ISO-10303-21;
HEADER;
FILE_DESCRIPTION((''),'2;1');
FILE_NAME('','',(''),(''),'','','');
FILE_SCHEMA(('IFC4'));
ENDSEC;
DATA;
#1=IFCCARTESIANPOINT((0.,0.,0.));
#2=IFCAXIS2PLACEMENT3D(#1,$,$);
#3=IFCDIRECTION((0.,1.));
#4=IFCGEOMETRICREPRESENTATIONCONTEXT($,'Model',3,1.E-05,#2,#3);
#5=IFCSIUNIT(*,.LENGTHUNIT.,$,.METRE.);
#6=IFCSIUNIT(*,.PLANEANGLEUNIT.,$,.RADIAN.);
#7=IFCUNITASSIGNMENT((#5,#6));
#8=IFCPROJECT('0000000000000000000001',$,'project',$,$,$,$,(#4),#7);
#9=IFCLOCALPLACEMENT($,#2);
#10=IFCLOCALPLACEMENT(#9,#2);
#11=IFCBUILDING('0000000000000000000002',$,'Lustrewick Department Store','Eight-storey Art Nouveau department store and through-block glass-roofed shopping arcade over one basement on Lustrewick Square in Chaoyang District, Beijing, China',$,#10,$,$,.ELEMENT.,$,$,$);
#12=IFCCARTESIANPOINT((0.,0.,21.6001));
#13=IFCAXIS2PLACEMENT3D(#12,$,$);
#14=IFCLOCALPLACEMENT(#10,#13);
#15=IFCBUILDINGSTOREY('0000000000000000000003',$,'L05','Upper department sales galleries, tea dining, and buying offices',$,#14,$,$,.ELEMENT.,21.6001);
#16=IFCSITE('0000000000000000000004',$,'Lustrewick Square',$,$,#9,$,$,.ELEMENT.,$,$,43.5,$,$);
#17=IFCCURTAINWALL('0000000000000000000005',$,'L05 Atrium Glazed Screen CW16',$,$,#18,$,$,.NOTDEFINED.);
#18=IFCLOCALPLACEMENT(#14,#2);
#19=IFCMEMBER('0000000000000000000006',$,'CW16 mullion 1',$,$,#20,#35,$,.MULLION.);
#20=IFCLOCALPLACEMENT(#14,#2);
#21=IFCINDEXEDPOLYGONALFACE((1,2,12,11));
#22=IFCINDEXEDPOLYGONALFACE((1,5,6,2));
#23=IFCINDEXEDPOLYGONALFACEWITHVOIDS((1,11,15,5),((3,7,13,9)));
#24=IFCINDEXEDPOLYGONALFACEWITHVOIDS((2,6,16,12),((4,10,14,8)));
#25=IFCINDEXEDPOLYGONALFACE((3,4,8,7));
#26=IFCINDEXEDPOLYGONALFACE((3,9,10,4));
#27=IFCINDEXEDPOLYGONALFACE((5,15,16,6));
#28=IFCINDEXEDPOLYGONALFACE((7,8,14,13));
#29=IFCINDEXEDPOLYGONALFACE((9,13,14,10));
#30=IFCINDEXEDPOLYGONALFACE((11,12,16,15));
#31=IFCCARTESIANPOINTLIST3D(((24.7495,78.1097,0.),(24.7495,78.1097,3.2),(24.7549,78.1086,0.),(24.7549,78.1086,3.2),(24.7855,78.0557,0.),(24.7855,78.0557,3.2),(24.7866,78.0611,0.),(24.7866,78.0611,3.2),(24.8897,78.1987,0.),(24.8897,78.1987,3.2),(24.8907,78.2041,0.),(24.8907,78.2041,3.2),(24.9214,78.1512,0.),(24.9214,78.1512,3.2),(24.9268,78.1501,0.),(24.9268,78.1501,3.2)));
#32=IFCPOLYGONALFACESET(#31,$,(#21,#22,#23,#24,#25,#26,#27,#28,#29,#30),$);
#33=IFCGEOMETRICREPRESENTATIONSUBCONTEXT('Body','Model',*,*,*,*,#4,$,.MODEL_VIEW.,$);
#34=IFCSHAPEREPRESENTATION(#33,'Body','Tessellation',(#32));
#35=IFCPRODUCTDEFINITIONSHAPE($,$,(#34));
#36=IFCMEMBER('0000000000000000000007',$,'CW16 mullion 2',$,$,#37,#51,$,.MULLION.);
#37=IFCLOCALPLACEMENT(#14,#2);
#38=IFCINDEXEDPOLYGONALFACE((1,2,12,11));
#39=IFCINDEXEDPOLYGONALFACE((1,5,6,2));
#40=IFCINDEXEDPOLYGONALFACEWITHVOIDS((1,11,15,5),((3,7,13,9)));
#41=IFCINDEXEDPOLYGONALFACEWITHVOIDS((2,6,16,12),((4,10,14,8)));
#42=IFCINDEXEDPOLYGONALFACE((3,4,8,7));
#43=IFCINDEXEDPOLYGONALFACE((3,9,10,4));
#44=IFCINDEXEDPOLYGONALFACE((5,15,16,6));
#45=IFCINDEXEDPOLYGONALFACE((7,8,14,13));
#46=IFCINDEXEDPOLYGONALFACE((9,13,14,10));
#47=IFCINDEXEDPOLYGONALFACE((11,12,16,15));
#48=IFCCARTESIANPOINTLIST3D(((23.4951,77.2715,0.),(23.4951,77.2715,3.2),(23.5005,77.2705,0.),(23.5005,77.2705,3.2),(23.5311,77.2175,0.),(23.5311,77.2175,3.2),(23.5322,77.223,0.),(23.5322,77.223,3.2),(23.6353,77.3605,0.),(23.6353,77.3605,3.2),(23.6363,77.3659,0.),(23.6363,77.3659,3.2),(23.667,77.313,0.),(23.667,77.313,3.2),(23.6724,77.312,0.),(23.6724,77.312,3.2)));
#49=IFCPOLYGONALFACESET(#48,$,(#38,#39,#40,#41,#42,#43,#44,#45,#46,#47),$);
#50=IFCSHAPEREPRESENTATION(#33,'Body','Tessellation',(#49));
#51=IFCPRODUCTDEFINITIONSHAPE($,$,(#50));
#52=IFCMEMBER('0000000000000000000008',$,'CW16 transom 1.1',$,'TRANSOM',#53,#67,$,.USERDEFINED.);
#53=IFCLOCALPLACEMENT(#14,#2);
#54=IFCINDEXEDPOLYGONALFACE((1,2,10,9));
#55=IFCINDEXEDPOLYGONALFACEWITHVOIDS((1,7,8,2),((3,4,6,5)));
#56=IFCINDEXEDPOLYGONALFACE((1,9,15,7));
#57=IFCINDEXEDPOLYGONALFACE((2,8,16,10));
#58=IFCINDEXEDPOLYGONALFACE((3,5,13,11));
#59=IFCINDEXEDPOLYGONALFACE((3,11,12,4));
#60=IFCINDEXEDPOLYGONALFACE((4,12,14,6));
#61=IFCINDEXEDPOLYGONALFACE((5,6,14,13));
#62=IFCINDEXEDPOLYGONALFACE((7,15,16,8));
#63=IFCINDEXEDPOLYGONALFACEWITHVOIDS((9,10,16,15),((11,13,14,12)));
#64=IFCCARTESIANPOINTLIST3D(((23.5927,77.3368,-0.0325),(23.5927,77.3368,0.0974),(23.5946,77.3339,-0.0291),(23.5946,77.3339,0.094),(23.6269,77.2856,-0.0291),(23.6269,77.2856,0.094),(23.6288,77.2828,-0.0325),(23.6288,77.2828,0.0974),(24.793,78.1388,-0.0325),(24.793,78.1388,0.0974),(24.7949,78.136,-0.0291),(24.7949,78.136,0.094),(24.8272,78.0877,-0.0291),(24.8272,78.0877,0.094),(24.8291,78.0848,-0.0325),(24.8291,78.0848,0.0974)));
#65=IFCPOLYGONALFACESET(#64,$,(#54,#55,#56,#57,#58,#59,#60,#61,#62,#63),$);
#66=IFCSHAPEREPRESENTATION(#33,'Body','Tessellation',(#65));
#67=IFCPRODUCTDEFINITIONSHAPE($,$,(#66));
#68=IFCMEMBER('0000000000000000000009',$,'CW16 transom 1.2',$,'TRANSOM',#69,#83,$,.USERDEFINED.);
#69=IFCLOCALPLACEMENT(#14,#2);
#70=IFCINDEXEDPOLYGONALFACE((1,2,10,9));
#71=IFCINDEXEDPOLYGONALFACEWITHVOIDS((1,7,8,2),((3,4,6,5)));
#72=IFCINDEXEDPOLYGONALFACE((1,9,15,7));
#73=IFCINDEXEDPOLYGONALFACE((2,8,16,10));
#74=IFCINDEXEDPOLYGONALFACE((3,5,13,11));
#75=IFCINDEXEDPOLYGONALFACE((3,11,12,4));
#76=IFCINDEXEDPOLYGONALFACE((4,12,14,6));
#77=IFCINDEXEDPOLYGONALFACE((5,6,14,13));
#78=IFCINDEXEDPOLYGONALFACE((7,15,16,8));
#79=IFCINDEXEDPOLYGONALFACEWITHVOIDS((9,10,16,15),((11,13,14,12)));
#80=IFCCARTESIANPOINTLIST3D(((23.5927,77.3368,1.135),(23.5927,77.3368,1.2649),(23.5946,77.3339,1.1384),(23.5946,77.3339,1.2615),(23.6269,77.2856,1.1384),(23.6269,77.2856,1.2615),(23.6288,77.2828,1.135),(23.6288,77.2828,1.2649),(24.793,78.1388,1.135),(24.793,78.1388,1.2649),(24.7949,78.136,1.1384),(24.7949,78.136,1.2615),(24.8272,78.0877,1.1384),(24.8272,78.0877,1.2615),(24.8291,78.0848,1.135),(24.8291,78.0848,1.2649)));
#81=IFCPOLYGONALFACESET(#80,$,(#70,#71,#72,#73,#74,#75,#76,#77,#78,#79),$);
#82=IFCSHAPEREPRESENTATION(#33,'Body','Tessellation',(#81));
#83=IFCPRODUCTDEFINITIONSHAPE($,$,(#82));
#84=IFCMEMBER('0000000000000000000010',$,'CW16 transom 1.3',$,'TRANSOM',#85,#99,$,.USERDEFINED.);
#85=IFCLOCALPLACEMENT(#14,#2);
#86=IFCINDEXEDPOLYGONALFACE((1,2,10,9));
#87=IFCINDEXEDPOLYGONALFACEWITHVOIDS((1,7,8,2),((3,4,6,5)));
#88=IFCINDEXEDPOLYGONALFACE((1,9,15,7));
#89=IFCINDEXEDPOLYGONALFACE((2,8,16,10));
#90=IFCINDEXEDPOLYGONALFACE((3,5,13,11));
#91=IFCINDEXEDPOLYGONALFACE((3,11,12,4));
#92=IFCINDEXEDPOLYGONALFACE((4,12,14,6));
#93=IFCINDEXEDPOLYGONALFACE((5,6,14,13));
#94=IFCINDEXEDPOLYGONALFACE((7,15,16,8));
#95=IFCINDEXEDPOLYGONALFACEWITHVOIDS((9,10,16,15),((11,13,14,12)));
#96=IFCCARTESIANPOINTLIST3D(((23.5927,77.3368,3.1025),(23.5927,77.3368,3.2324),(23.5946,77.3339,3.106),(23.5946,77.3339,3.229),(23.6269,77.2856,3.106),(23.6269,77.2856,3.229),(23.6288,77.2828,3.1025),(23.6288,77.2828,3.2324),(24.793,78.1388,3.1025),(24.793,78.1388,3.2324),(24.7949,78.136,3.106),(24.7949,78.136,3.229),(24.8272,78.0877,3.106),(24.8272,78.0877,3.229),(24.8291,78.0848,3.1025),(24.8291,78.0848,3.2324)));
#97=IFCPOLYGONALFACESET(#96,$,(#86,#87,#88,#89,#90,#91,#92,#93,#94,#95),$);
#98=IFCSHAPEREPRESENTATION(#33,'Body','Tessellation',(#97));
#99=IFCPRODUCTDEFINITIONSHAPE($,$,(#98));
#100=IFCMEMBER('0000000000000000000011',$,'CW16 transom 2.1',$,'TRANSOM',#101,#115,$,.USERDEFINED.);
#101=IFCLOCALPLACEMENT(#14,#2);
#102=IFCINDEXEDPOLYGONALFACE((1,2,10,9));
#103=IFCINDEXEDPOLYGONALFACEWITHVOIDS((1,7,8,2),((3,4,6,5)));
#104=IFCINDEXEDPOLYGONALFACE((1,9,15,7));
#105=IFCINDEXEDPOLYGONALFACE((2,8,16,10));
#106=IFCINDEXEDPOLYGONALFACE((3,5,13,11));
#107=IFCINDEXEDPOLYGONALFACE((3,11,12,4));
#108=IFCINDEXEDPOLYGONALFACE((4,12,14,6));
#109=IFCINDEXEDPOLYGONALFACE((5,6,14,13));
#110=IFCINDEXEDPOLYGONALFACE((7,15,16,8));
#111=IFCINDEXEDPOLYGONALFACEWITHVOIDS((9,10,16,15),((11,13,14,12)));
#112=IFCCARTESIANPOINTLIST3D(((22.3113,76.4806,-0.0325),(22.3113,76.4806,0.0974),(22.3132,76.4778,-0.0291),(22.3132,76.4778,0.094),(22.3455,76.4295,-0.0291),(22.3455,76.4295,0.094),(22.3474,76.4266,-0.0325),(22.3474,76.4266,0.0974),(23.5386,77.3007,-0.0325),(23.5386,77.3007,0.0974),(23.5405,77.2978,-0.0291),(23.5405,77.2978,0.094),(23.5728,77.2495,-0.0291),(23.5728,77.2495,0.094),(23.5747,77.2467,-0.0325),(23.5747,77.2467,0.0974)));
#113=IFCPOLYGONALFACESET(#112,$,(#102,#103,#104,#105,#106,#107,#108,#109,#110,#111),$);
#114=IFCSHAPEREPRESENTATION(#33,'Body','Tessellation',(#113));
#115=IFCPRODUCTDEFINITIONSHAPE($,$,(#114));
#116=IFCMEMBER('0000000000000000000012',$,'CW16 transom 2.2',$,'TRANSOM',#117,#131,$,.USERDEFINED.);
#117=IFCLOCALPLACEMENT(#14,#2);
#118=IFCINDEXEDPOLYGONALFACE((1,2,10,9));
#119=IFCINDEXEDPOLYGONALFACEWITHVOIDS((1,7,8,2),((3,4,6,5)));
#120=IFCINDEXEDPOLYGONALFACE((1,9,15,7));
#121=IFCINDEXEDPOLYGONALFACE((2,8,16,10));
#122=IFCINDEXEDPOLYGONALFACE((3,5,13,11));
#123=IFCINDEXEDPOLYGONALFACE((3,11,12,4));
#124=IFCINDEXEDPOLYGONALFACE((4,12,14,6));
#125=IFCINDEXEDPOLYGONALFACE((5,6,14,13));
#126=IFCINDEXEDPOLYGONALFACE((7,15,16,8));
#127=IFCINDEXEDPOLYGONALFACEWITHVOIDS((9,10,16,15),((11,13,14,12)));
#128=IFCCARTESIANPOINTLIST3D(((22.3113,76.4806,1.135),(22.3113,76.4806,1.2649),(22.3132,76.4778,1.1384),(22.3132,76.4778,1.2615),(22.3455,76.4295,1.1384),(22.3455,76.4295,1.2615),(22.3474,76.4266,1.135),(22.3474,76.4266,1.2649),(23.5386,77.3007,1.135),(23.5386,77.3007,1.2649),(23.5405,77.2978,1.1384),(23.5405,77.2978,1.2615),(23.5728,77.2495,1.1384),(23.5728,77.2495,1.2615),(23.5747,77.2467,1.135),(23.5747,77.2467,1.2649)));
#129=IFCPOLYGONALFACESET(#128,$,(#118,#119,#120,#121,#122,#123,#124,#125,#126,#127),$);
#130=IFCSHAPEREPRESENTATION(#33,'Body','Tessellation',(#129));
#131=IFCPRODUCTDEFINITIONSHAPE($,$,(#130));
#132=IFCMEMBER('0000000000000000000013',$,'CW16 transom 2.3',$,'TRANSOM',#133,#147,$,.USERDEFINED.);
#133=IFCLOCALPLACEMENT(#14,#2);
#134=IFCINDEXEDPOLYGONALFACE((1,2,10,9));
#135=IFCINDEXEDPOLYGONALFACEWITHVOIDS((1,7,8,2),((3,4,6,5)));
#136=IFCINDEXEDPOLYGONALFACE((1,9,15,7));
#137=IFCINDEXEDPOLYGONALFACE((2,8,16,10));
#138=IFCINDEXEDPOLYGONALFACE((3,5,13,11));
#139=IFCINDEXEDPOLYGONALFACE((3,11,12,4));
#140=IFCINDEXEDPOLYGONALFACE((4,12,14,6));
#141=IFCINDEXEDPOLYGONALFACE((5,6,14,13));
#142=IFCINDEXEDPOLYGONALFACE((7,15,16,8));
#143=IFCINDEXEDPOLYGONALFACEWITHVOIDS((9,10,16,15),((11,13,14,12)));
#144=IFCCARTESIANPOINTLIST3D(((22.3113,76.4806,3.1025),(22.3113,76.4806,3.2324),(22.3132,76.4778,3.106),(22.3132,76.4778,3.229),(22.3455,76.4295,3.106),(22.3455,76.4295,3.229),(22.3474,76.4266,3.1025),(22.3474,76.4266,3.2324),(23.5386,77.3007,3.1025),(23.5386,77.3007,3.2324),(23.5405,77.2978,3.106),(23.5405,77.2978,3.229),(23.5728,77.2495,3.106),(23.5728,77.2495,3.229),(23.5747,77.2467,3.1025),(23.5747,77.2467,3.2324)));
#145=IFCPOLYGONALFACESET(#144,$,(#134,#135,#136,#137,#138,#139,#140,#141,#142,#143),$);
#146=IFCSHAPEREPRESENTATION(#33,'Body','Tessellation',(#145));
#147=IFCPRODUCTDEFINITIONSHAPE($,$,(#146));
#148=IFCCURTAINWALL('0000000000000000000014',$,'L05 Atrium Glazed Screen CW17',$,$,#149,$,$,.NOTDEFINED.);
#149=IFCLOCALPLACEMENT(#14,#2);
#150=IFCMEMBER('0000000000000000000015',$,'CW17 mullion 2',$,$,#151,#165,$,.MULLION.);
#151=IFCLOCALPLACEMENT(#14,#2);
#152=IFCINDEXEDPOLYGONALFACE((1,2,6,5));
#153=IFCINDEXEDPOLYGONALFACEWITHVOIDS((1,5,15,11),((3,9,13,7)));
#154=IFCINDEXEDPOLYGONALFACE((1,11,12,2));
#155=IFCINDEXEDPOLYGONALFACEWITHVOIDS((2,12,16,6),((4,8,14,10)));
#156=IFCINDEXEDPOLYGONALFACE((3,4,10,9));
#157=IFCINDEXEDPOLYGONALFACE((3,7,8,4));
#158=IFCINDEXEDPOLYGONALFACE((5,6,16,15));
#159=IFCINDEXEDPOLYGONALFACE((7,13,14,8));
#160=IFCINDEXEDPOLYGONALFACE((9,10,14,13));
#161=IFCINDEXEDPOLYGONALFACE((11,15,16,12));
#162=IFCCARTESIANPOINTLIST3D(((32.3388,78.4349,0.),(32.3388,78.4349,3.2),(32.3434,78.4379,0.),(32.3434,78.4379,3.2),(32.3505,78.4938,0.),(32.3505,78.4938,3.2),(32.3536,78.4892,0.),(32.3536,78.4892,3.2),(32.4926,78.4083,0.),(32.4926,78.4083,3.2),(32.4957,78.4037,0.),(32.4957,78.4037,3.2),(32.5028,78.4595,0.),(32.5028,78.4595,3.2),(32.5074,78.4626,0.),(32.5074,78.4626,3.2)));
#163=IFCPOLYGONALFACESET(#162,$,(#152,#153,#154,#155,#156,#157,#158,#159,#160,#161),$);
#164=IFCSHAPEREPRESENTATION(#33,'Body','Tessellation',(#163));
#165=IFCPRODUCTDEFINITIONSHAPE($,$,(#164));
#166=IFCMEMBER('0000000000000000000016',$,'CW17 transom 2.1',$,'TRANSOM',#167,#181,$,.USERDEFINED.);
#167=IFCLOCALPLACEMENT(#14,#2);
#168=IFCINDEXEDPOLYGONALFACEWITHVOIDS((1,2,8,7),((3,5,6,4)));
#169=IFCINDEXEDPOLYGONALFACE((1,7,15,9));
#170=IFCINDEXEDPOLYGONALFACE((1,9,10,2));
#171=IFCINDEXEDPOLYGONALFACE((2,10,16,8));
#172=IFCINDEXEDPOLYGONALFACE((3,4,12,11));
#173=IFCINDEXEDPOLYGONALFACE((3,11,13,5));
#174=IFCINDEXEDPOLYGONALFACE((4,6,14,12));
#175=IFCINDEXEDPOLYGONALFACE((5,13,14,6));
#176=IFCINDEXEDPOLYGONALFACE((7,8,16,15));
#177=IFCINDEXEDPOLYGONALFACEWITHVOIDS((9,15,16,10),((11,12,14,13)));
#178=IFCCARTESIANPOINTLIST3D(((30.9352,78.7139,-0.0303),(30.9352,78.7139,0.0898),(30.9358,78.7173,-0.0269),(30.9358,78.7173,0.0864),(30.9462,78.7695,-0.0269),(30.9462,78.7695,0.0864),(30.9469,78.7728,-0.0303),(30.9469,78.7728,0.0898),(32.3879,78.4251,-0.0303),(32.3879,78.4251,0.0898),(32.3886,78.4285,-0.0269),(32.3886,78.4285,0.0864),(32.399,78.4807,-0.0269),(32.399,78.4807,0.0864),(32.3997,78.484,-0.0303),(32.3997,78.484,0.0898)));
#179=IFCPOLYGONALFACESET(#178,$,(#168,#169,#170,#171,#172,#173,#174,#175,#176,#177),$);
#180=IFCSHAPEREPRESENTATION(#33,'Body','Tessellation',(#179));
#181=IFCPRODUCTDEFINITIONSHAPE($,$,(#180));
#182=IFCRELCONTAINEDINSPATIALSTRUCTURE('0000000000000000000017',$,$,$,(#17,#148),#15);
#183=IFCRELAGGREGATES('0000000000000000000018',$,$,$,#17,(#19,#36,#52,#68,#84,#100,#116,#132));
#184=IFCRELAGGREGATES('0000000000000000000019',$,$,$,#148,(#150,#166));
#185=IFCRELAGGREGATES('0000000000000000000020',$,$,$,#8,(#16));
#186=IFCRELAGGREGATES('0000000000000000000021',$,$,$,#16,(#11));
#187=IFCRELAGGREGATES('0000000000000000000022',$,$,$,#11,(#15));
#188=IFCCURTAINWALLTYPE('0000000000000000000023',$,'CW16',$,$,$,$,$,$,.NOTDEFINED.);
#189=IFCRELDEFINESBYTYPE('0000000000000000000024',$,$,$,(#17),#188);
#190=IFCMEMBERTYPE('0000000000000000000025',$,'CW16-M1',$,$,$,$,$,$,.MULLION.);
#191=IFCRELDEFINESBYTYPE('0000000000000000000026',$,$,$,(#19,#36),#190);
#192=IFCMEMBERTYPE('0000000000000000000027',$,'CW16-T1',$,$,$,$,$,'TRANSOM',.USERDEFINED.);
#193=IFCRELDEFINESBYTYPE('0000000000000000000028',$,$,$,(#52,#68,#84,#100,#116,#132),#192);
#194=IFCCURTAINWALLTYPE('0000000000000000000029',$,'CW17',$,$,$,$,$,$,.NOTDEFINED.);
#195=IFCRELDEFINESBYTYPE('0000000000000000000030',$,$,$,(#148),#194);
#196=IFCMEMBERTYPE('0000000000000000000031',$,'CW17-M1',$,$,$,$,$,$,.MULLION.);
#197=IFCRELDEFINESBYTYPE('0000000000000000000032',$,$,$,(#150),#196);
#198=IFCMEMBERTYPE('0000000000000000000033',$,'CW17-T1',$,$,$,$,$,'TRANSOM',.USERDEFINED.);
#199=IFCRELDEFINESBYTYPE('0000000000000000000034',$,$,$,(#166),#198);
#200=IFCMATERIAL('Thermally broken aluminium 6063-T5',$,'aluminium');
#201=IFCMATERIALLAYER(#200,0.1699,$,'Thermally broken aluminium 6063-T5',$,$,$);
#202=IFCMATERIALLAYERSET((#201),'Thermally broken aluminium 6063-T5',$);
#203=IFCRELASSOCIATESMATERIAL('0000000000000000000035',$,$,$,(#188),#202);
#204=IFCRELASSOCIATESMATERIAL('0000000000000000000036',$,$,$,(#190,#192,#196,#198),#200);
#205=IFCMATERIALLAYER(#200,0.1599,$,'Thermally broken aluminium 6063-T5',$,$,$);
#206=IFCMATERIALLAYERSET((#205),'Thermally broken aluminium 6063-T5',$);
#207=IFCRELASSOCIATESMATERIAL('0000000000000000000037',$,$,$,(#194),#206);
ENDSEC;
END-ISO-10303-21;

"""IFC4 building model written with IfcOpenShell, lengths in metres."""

from ifc_helpers import new_model, si_unit, direction, frame, origin, origin_2d, place, context, subcontext, project, spatial, hollow_rectangle, extrude, material, layer, layer_set, material_profile, profile_set, type_object, element, aggregate, save


model = new_model("IFC4")

# Units and contexts
model_context = context("Model", 3, precision=1e-05, world=origin(), true_north=direction((0.0, 1.0)))
body_context = subcontext(model_context, "Body", "Model", "MODEL_VIEW")
ifc_project = project(units=[si_unit("LENGTHUNIT", "METRE"), si_unit("PLANEANGLEUNIT", "RADIAN")], contexts=[model_context])

# Site, building, storey
site_placement = place(None, origin())
site = spatial("IfcSite", under=ifc_project, at=site_placement, Name="Lustrewick Square", CompositionType="ELEMENT", RefElevation=43.5)
building_placement = place(site_placement, origin())
building = spatial("IfcBuilding", under=site, at=building_placement, Name="Lustrewick Department Store", Description="Eight-storey Art Nouveau department store and through-block glass-roofed shopping arcade over one basement on Lustrewick Square in Chaoyang District, Beijing, China", CompositionType="ELEMENT")
storey_placement = place(building_placement, frame((0.0, 0.0, 21.6001)))
storey = spatial("IfcBuildingStorey", under=building, at=storey_placement, Name="L05", Description="Upper department sales galleries, tea dining, and buying offices", CompositionType="ELEMENT", Elevation=21.6001)

# Curtain walls, members
ifc_material_1 = material(Name="Thermally broken aluminium 6063-T5", Category="aluminium")
ifc_layer_1 = layer(ifc_material_1, 0.1699, Name="Thermally broken aluminium 6063-T5")
ifc_layer_set_1 = layer_set([ifc_layer_1], Name="Thermally broken aluminium 6063-T5")
curtain_wall_type_1 = type_object("IfcCurtainWallType", Name="CW16", PredefinedType="NOTDEFINED", material=ifc_layer_set_1)
curtain_wall_1_placement = place(storey_placement, origin())
curtain_wall_1 = element("IfcCurtainWall", 1, at=curtain_wall_1_placement, inside=storey, type_object=curtain_wall_type_1, Name="L05 Atrium Glazed Screen CW16", PredefinedType="NOTDEFINED")
ifc_material_profile_1 = material_profile(ifc_material_1, hollow_rectangle(XDim=0.0649, YDim=0.1699, WallThickness=0.0039, at=origin_2d()), Name="ALU-M 65x170x4")
ifc_profile_set_1 = profile_set([ifc_material_profile_1], Name="Thermally broken aluminium 6063-T5")
member_type_1 = type_object("IfcMemberType", Name="CW16-M1", PredefinedType="MULLION", material=ifc_profile_set_1)
member_1_placement = place(storey_placement, frame((24.8381, 78.1299, 0.0), z_axis=(0.0, 0.0, 1.0), x_axis=(0.555578, -0.831464, 0.0)))
member_1 = element("IfcMember", 2, at=member_1_placement, type_object=member_type_1, Name="CW16 mullion 1", PredefinedType="MULLION", context=body_context, shape_type="SweptSolid", body=[
    extrude(hollow_rectangle(XDim=0.0649, YDim=0.1699, WallThickness=0.0039, at=origin_2d()), origin(), (0.0, 0.0, 1.0), 3.2),
])
member_2_placement = place(storey_placement, frame((23.5837, 77.2917, 0.0), z_axis=(0.0, 0.0, 1.0), x_axis=(0.555578, -0.831464, 0.0)))
member_2 = element("IfcMember", 3, at=member_2_placement, type_object=member_type_1, Name="CW16 mullion 2", PredefinedType="MULLION", context=body_context, shape_type="SweptSolid", body=[
    extrude(hollow_rectangle(XDim=0.0649, YDim=0.1699, WallThickness=0.0039, at=origin_2d()), origin(), (0.0, 0.0, 1.0), 3.2),
])
ifc_material_profile_2 = material_profile(ifc_material_1, hollow_rectangle(XDim=0.0649, YDim=0.1299, WallThickness=0.0034, at=origin_2d()), Name="ALU-T 65x130x3.5")
ifc_profile_set_2 = profile_set([ifc_material_profile_2], Name="Thermally broken aluminium 6063-T5")
member_type_2 = type_object("IfcMemberType", Name="CW16-T1", ElementType="TRANSOM", PredefinedType="USERDEFINED", material=ifc_profile_set_2)
member_3_placement = place(storey_placement, frame((24.811, 78.1118, 0.0325), z_axis=(-0.831451, -0.555598, 0.0), x_axis=(0.555598, -0.831451, 0.0)))
member_3 = element("IfcMember", 4, at=member_3_placement, type_object=member_type_2, Name="CW16 transom 1.1", ObjectType="TRANSOM", PredefinedType="USERDEFINED", context=body_context, shape_type="SweptSolid", body=[
    extrude(hollow_rectangle(XDim=0.0649, YDim=0.1299, WallThickness=0.0034, at=origin_2d()), origin(), (0.0, 0.0, 1.0), 1.4436),
])
member_4_placement = place(storey_placement, frame((24.811, 78.1118, 1.2), z_axis=(-0.831451, -0.555598, 0.0), x_axis=(0.555598, -0.831451, 0.0)))
member_4 = element("IfcMember", 5, at=member_4_placement, type_object=member_type_2, Name="CW16 transom 1.2", ObjectType="TRANSOM", PredefinedType="USERDEFINED", context=body_context, shape_type="SweptSolid", body=[
    extrude(hollow_rectangle(XDim=0.0649, YDim=0.1299, WallThickness=0.0034, at=origin_2d()), origin(), (0.0, 0.0, 1.0), 1.4436),
])
member_5_placement = place(storey_placement, frame((24.811, 78.1118, 3.1675), z_axis=(-0.831451, -0.555598, 0.0), x_axis=(0.555598, -0.831451, 0.0)))
member_5 = element("IfcMember", 6, at=member_5_placement, type_object=member_type_2, Name="CW16 transom 1.3", ObjectType="TRANSOM", PredefinedType="USERDEFINED", context=body_context, shape_type="SweptSolid", body=[
    extrude(hollow_rectangle(XDim=0.0649, YDim=0.1299, WallThickness=0.0034, at=origin_2d()), origin(), (0.0, 0.0, 1.0), 1.4436),
])
member_6_placement = place(storey_placement, frame((23.5566, 77.2737, 0.0325), z_axis=(-0.831465, -0.555578, 0.0), x_axis=(0.555578, -0.831465, 0.0)))
member_6 = element("IfcMember", 7, at=member_6_placement, type_object=member_type_2, Name="CW16 transom 2.1", ObjectType="TRANSOM", PredefinedType="USERDEFINED", context=body_context, shape_type="SweptSolid", body=[
    extrude(hollow_rectangle(XDim=0.0649, YDim=0.1299, WallThickness=0.0034, at=origin_2d()), origin(), (0.0, 0.0, 1.0), 1.4761),
])
member_7_placement = place(storey_placement, frame((23.5566, 77.2737, 1.2), z_axis=(-0.831465, -0.555578, 0.0), x_axis=(0.555578, -0.831465, 0.0)))
member_7 = element("IfcMember", 8, at=member_7_placement, type_object=member_type_2, Name="CW16 transom 2.2", ObjectType="TRANSOM", PredefinedType="USERDEFINED", context=body_context, shape_type="SweptSolid", body=[
    extrude(hollow_rectangle(XDim=0.0649, YDim=0.1299, WallThickness=0.0034, at=origin_2d()), origin(), (0.0, 0.0, 1.0), 1.4761),
])
member_8_placement = place(storey_placement, frame((23.5566, 77.2737, 3.1675), z_axis=(-0.831465, -0.555578, 0.0), x_axis=(0.555578, -0.831465, 0.0)))
member_8 = element("IfcMember", 9, at=member_8_placement, type_object=member_type_2, Name="CW16 transom 2.3", ObjectType="TRANSOM", PredefinedType="USERDEFINED", context=body_context, shape_type="SweptSolid", body=[
    extrude(hollow_rectangle(XDim=0.0649, YDim=0.1299, WallThickness=0.0034, at=origin_2d()), origin(), (0.0, 0.0, 1.0), 1.4761),
])
ifc_layer_2 = layer(ifc_material_1, 0.1599, Name="Thermally broken aluminium 6063-T5")
ifc_layer_set_2 = layer_set([ifc_layer_2], Name="Thermally broken aluminium 6063-T5")
curtain_wall_type_2 = type_object("IfcCurtainWallType", Name="CW17", PredefinedType="NOTDEFINED", material=ifc_layer_set_2)
curtain_wall_2_placement = place(storey_placement, origin())
curtain_wall_2 = element("IfcCurtainWall", 10, at=curtain_wall_2_placement, inside=storey, type_object=curtain_wall_type_2, Name="L05 Atrium Glazed Screen CW17", PredefinedType="NOTDEFINED")
ifc_material_profile_3 = material_profile(ifc_material_1, hollow_rectangle(XDim=0.0601, YDim=0.1599, WallThickness=0.0039, at=origin_2d()), Name="ALU-M 60x160x4")
ifc_profile_set_3 = profile_set([ifc_material_profile_3], Name="Thermally broken aluminium 6063-T5")
member_type_3 = type_object("IfcMemberType", Name="CW17-M1", PredefinedType="MULLION", material=ifc_profile_set_3)
member_9_placement = place(storey_placement, frame((32.4231, 78.4487, 0.0), z_axis=(0.0, 0.0, 1.0), x_axis=(-0.195085, -0.980786, 0.0)))
member_9 = element("IfcMember", 11, at=member_9_placement, type_object=member_type_3, Name="CW17 mullion 2", PredefinedType="MULLION", context=body_context, shape_type="SweptSolid", body=[
    extrude(hollow_rectangle(XDim=0.0601, YDim=0.1599, WallThickness=0.0039, at=origin_2d()), origin(), (0.0, 0.0, 1.0), 3.2),
])
ifc_material_profile_4 = material_profile(ifc_material_1, hollow_rectangle(XDim=0.0601, YDim=0.1201, WallThickness=0.0034, at=origin_2d()), Name="ALU-T 60x120x3.5")
ifc_profile_set_4 = profile_set([ifc_material_profile_4], Name="Thermally broken aluminium 6063-T5")
member_type_4 = type_object("IfcMemberType", Name="CW17-T1", ElementType="TRANSOM", PredefinedType="USERDEFINED", material=ifc_profile_set_4)
member_10_placement = place(storey_placement, frame((32.3938, 78.4546, 0.0298), z_axis=(-0.980808, 0.194975, 0.0), x_axis=(-0.194975, -0.980808, 0.0)))
member_10 = element("IfcMember", 12, at=member_10_placement, type_object=member_type_4, Name="CW17 transom 2.1", ObjectType="TRANSOM", PredefinedType="USERDEFINED", context=body_context, shape_type="SweptSolid", body=[
    extrude(hollow_rectangle(XDim=0.0601, YDim=0.1201, WallThickness=0.0034, at=origin_2d()), origin(), (0.0, 0.0, 1.0), 1.4812),
])

aggregate(curtain_wall_1, [member_1, member_2, member_3, member_4, member_5, member_6, member_7, member_8])
aggregate(curtain_wall_2, [member_9, member_10])

save(model, "model.ifc")
